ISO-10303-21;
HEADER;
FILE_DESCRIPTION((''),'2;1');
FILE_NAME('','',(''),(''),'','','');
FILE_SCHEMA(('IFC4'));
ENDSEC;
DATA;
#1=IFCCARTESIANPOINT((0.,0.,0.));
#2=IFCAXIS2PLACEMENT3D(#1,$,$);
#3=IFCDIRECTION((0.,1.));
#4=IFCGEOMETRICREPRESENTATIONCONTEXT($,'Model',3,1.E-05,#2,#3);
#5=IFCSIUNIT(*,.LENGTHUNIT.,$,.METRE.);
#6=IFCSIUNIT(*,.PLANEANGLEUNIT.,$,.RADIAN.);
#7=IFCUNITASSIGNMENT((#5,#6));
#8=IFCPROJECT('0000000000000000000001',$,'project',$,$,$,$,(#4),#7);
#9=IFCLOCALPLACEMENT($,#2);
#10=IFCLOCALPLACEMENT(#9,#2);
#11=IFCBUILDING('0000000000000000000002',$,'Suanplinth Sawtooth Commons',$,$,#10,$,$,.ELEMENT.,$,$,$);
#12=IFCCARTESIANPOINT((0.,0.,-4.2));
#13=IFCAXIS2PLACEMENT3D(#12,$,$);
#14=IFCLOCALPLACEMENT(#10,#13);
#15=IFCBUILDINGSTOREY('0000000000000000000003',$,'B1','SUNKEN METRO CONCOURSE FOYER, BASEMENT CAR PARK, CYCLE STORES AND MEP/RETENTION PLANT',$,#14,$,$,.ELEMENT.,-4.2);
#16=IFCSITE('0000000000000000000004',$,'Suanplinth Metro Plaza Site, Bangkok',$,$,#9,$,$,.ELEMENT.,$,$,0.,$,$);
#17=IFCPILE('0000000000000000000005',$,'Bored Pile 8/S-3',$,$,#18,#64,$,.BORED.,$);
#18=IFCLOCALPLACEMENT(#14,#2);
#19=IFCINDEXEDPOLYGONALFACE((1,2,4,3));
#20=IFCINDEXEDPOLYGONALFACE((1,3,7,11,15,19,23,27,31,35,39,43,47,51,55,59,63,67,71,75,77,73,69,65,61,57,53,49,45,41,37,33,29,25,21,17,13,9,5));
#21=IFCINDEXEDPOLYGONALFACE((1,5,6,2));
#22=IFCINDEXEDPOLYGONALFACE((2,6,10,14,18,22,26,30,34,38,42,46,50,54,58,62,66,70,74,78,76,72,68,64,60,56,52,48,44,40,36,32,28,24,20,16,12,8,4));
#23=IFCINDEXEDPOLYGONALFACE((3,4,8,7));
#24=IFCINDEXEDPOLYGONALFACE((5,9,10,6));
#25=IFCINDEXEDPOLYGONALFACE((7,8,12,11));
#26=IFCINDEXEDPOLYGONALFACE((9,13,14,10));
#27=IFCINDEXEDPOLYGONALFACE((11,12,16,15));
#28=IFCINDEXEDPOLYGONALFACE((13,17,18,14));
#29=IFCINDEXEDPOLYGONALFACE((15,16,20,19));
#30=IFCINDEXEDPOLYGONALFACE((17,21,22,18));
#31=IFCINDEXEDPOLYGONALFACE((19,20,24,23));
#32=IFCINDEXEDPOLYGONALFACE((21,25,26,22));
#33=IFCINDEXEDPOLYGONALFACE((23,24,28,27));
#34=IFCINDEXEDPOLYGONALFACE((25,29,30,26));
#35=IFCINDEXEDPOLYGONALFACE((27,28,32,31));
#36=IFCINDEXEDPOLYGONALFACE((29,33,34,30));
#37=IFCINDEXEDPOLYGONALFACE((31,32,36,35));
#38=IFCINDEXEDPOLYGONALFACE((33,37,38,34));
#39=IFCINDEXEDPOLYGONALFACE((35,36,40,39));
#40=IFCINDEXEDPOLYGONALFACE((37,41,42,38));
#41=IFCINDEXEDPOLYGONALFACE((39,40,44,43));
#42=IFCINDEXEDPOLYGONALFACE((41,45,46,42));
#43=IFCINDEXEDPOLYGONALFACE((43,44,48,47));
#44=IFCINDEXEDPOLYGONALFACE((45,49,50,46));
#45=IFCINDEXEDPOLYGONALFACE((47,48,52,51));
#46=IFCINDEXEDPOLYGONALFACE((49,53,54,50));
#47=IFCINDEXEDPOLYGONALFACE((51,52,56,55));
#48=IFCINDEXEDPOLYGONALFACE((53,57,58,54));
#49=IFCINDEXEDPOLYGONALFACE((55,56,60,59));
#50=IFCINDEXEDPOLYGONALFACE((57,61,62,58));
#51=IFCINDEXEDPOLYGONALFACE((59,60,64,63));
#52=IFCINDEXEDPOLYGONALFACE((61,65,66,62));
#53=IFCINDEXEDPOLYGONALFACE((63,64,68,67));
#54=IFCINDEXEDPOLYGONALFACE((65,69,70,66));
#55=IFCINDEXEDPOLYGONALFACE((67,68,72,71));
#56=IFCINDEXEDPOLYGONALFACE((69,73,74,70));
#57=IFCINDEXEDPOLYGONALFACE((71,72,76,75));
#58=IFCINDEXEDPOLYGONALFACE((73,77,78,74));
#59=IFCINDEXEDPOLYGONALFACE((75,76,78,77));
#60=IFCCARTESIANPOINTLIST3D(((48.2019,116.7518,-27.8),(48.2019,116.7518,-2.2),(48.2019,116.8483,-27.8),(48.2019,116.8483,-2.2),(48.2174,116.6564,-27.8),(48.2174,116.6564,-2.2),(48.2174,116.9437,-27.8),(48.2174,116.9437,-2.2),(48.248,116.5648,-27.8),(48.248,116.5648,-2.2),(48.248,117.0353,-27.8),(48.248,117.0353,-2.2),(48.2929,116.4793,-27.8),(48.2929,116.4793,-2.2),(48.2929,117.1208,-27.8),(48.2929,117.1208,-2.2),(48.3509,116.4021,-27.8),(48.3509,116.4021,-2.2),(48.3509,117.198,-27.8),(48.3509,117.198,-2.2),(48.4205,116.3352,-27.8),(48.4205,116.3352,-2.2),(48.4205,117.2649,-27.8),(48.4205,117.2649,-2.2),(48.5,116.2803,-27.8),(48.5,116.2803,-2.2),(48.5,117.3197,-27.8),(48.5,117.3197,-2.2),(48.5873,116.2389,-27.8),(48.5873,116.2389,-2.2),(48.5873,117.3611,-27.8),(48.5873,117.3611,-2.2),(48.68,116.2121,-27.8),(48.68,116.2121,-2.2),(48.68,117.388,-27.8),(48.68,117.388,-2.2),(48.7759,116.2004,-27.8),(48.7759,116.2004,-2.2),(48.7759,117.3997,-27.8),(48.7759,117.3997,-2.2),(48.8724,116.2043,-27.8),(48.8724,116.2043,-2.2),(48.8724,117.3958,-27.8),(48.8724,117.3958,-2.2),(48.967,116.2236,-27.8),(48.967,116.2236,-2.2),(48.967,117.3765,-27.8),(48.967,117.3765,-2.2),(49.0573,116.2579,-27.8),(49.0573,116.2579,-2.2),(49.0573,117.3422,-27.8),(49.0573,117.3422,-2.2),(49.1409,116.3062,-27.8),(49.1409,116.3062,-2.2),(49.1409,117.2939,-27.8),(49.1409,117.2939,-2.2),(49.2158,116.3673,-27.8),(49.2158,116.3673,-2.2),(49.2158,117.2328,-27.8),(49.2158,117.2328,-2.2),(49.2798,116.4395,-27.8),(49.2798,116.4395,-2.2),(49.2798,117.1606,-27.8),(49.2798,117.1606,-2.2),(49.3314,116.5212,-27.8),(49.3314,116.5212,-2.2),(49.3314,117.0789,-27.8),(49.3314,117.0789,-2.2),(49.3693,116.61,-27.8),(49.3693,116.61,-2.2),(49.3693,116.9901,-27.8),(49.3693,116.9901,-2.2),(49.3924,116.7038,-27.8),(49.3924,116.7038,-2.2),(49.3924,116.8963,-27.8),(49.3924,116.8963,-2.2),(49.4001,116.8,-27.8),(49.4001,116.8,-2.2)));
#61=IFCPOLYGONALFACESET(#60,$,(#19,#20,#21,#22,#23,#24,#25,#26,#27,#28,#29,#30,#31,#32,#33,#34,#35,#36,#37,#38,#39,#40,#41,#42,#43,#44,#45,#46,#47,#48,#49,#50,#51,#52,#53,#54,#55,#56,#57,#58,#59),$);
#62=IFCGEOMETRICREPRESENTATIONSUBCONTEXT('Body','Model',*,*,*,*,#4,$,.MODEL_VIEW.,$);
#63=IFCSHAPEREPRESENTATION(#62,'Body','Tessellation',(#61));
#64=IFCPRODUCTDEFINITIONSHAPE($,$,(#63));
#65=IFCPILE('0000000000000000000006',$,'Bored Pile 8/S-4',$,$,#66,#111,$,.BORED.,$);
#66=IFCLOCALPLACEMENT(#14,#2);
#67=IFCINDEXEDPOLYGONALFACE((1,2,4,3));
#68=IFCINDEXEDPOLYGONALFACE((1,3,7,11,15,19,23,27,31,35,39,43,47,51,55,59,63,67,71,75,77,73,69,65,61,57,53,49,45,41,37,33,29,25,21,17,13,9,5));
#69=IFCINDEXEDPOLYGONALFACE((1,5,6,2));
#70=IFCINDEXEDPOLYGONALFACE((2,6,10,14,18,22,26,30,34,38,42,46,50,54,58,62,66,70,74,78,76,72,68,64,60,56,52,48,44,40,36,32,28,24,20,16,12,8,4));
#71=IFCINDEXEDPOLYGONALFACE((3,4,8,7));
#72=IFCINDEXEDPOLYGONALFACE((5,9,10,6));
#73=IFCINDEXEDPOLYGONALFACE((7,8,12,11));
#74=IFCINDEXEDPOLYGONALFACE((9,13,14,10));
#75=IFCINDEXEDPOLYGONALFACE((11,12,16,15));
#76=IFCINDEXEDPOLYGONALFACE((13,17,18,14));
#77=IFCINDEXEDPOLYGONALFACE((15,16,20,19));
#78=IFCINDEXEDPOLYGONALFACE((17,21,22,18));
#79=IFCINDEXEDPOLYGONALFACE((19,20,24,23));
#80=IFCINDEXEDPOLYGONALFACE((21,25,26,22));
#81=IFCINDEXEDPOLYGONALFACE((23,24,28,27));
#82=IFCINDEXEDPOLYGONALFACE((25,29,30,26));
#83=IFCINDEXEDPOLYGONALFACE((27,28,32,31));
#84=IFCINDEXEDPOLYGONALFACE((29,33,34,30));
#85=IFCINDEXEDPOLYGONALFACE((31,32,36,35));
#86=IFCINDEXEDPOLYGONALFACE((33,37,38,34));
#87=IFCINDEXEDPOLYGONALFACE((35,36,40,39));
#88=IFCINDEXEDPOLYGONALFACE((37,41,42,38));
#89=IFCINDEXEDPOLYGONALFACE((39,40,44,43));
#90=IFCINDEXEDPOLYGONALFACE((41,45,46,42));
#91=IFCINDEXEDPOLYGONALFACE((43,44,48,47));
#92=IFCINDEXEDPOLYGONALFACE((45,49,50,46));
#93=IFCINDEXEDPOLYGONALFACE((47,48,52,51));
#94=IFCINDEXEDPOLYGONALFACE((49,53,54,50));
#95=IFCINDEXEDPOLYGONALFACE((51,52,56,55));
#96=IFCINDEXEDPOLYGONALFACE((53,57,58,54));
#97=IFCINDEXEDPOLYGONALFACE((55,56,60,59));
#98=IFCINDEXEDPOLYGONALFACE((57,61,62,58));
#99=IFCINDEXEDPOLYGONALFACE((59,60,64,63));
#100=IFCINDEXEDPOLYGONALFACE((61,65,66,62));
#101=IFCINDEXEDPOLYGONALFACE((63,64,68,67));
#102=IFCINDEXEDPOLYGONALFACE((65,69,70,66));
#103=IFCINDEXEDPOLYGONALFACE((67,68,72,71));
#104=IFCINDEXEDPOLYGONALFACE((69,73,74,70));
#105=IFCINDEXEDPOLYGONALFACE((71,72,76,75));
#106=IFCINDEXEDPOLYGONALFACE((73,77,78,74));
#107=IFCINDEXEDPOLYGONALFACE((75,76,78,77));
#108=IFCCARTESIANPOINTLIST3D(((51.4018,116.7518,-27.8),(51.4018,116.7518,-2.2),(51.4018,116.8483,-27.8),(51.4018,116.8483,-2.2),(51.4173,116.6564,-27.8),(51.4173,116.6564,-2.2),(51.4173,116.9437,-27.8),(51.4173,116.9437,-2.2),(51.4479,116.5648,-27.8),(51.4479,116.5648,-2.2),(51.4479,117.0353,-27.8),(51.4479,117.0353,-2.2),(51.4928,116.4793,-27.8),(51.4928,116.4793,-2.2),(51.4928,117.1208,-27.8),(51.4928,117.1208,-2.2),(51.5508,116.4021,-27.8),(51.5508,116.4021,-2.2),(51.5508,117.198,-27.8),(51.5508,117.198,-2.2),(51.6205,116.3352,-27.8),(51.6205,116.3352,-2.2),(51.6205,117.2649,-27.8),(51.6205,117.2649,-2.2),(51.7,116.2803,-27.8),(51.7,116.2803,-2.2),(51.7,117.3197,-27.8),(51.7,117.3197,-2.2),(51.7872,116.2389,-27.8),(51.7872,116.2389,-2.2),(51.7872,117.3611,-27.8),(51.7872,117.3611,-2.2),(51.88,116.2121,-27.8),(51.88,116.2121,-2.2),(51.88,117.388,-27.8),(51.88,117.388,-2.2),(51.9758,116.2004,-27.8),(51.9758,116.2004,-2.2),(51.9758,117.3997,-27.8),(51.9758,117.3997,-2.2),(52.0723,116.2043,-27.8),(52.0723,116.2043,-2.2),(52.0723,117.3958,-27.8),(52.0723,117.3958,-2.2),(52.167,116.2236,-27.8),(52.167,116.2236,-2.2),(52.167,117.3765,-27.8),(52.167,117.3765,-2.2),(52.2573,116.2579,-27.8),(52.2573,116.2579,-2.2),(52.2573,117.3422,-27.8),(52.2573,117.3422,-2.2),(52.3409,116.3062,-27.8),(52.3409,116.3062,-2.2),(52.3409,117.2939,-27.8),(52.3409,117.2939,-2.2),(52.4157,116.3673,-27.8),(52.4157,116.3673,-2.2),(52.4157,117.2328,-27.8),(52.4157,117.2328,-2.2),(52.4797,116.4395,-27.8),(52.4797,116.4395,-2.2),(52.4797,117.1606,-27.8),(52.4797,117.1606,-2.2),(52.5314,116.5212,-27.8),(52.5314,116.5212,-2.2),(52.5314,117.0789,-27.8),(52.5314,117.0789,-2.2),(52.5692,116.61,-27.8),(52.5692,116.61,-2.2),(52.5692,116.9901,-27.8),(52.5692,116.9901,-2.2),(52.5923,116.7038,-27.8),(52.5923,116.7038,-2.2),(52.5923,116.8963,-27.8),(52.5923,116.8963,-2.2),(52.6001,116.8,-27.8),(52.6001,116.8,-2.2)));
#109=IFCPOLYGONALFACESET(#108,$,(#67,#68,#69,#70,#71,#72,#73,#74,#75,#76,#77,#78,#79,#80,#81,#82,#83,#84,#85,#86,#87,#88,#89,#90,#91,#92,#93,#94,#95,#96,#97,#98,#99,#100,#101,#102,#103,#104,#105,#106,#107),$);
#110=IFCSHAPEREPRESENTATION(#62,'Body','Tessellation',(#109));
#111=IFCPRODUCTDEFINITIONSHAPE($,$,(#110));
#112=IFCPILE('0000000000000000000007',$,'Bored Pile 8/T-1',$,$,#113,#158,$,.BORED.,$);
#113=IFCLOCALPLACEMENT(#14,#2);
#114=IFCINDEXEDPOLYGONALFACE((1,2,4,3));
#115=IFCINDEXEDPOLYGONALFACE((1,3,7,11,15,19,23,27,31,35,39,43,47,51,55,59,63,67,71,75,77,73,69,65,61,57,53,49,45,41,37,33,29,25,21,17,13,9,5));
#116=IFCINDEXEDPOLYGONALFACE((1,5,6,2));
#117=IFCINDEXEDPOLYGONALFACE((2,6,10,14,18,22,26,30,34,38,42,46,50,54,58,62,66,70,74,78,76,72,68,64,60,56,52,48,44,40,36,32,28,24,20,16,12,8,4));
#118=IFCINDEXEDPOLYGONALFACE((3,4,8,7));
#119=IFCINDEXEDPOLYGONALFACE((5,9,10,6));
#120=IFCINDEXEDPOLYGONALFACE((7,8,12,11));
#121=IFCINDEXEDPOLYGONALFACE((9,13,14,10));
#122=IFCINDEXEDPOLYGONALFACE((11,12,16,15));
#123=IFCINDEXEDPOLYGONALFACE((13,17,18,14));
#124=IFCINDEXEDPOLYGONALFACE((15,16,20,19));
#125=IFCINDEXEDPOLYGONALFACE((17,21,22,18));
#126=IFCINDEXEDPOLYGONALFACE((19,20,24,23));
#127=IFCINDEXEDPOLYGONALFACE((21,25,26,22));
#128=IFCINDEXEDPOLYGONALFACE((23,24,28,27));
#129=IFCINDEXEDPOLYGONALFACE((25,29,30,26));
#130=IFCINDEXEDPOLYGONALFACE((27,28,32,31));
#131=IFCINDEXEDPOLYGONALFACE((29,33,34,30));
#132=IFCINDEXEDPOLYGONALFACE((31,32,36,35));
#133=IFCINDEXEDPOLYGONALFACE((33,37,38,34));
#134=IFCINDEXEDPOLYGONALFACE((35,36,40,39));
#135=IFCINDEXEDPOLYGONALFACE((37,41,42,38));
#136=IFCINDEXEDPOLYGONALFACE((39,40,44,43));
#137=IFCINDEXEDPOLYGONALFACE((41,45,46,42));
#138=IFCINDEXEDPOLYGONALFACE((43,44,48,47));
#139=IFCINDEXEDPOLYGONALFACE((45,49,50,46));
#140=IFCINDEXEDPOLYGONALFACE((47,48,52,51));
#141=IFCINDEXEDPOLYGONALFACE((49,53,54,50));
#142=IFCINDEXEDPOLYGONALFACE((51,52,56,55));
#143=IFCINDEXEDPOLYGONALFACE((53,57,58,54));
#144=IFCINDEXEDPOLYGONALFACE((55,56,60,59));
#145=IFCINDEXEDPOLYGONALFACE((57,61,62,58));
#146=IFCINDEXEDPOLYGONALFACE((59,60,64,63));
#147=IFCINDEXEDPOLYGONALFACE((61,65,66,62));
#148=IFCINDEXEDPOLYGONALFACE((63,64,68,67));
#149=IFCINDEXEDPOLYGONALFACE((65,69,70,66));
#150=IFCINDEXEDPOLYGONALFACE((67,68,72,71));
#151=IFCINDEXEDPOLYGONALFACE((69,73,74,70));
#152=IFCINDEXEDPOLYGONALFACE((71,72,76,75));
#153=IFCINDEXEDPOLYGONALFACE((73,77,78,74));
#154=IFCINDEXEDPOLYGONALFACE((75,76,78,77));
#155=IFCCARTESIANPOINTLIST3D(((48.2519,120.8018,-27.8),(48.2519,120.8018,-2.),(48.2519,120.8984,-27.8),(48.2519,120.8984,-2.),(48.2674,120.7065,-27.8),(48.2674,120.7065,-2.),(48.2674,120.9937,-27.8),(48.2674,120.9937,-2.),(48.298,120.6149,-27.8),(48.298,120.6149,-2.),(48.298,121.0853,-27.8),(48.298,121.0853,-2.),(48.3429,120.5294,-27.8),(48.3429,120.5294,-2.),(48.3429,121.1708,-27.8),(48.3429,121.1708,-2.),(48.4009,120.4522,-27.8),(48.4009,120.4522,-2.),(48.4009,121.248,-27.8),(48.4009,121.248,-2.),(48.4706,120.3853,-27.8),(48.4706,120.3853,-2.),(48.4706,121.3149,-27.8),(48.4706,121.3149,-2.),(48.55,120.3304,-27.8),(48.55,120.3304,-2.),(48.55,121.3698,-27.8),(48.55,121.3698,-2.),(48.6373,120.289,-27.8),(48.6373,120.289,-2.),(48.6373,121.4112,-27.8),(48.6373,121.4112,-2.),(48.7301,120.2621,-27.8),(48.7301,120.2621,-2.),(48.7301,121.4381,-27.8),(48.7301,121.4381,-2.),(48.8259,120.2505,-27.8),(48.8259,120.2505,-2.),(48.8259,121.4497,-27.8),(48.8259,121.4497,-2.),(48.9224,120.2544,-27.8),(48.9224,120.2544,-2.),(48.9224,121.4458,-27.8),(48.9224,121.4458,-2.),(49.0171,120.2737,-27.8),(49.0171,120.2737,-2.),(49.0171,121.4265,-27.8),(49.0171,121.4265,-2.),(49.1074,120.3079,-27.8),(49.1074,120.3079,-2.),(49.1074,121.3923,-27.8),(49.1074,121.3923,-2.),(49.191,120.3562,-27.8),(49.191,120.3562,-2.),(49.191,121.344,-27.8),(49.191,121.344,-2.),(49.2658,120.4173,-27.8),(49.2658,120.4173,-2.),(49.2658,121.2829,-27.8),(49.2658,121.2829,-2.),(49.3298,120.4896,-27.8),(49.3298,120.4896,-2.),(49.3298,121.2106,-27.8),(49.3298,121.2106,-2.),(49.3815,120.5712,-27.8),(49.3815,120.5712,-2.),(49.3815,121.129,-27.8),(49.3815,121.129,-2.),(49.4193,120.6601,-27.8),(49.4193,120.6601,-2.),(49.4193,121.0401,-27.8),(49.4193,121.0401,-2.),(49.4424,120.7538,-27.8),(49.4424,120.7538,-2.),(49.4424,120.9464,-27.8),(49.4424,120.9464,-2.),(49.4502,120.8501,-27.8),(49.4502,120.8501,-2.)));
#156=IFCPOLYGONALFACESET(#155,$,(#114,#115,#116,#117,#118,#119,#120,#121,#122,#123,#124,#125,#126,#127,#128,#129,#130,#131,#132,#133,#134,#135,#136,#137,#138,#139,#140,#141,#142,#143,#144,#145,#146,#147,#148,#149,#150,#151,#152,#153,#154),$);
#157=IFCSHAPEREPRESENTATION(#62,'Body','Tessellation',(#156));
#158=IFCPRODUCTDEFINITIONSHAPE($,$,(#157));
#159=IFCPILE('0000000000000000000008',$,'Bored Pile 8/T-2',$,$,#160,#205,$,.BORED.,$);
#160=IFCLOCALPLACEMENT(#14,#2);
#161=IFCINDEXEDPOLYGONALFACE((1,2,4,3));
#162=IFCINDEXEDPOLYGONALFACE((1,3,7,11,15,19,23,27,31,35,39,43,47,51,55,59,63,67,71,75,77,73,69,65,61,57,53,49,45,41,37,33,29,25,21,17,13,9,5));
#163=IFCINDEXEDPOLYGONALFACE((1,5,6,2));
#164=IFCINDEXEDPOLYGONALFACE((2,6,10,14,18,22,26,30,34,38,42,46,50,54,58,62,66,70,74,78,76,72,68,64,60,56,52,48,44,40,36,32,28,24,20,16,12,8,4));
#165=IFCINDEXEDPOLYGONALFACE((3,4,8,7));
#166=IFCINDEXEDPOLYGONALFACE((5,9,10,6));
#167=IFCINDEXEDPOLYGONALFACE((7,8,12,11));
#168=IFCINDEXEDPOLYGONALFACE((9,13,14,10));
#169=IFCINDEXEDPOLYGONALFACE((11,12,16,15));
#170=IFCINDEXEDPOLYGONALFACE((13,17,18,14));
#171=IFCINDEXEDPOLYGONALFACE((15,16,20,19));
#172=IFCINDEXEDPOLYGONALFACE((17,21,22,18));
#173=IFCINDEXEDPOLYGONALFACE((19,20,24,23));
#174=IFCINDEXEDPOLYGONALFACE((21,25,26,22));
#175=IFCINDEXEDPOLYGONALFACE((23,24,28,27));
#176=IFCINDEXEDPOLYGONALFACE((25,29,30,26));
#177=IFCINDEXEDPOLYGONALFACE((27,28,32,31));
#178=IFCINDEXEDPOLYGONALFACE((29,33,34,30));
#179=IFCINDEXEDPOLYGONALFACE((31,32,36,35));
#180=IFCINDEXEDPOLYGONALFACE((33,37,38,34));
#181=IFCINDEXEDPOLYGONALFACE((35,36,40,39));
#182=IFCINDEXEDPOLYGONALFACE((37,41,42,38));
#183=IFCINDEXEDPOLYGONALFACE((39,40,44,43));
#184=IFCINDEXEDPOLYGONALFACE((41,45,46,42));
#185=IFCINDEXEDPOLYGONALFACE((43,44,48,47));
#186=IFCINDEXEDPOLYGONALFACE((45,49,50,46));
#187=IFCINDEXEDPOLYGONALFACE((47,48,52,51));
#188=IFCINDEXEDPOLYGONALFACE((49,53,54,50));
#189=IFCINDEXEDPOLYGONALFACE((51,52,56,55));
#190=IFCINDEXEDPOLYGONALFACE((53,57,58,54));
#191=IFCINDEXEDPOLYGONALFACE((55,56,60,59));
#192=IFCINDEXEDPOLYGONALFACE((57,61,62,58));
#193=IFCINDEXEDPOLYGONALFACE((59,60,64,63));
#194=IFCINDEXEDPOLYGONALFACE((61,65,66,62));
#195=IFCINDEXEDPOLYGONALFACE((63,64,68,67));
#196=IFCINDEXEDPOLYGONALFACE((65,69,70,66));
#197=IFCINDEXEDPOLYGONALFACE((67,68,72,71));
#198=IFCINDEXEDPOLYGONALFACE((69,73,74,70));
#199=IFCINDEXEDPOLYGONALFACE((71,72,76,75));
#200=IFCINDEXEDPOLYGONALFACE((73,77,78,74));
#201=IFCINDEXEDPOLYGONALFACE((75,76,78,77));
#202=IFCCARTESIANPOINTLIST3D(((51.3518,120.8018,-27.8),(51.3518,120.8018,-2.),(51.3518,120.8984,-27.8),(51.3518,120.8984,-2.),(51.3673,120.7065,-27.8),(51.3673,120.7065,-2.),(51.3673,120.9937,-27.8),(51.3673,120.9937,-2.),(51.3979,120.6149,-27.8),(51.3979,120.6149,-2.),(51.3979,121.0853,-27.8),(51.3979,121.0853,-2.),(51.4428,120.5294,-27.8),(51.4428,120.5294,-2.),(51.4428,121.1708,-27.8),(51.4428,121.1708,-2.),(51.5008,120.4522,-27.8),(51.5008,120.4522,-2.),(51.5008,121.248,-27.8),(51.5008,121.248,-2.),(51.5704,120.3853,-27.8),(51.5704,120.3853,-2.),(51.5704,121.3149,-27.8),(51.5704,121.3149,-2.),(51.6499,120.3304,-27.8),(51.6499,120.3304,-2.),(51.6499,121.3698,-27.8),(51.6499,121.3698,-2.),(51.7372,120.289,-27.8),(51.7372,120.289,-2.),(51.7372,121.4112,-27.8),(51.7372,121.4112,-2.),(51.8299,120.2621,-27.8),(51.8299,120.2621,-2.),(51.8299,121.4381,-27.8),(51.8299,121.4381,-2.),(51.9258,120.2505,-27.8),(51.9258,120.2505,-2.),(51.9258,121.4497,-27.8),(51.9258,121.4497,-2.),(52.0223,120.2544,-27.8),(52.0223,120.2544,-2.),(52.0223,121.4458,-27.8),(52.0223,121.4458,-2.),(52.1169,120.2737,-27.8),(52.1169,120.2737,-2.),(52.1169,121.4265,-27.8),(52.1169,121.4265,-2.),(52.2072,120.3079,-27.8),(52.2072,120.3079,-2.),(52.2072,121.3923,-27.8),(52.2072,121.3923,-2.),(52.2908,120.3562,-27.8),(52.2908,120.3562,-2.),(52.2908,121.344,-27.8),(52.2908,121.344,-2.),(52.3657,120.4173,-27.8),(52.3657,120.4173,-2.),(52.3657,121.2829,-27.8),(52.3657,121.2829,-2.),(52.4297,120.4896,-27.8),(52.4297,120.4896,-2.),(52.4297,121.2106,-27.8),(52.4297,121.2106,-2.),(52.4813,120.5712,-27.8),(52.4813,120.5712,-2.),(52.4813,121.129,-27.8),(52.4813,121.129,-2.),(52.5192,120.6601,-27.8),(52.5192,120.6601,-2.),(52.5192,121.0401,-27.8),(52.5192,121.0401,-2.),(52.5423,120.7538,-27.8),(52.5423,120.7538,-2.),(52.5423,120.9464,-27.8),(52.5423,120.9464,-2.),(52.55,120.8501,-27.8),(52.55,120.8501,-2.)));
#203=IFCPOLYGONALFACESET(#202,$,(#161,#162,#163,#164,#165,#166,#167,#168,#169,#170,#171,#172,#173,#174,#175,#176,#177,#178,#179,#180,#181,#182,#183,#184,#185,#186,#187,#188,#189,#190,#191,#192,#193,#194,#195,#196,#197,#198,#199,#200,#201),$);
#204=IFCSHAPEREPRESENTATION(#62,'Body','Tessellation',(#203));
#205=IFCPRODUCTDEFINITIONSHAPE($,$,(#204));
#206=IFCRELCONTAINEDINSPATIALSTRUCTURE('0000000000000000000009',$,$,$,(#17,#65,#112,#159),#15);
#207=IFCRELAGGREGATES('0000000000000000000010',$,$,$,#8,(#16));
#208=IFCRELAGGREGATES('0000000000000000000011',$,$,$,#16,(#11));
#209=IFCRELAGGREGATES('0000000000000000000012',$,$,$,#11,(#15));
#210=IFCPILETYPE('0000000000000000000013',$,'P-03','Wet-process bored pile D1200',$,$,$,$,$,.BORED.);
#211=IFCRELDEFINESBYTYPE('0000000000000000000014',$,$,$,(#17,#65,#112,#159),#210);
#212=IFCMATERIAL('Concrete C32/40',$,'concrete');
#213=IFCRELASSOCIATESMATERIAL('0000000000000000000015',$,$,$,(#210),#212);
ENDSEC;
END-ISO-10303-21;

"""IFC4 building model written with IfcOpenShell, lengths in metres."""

from ifc_helpers import new_model, si_unit, direction, frame, origin, origin_2d, place, context, subcontext, project, spatial, circle, extrude, material, material_profile, profile_set, type_object, element, save


model = new_model("IFC4")

# Units and contexts
model_context = context("Model", 3, precision=1e-05, world=origin(), true_north=direction((0.0, 1.0)))
body_context = subcontext(model_context, "Body", "Model", "MODEL_VIEW")
ifc_project = project(units=[si_unit("LENGTHUNIT", "METRE"), si_unit("PLANEANGLEUNIT", "RADIAN")], contexts=[model_context])

# Site, building, storey
site_placement = place(None, origin())
site = spatial("IfcSite", under=ifc_project, at=site_placement, Name="Suanplinth Metro Plaza Site, Bangkok", CompositionType="ELEMENT", RefElevation=0.0)
building_placement = place(site_placement, origin())
building = spatial("IfcBuilding", under=site, at=building_placement, Name="Suanplinth Sawtooth Commons", CompositionType="ELEMENT")
storey_placement = place(building_placement, frame((0.0, 0.0, -4.2)))
storey = spatial("IfcBuildingStorey", under=building, at=storey_placement, Name="B1", Description="SUNKEN METRO CONCOURSE FOYER, BASEMENT CAR PARK, CYCLE STORES AND MEP/RETENTION PLANT", CompositionType="ELEMENT", Elevation=-4.2)

# Piles
ifc_material_1 = material(Name="Concrete C32/40", Category="concrete")
ifc_material_profile_1 = material_profile(ifc_material_1, circle(Radius=0.6001, at=origin_2d()), Name="PILE D1200")
ifc_profile_set_1 = profile_set([ifc_material_profile_1], Name="Concrete C32/40")
pile_type = type_object("IfcPileType", Name="P-03", Description="Wet-process bored pile D1200", PredefinedType="BORED", material=ifc_profile_set_1)
for number, where, z_axis, x_axis, name in (
    (1, (48.8, 116.8, -2.2), (0.0, 0.0, -1.0), (1.0, 0.0, 0.0), "Bored Pile 8/S-3"),
    (2, (52.0, 116.8, -2.2), (0.0, 0.0, -1.0), (1.0, 0.0, 0.0), "Bored Pile 8/S-4"),
):
    element("IfcPile", number, at=place(storey_placement, frame(where, z_axis=z_axis, x_axis=x_axis)), inside=storey, type_object=pile_type, Name=name, PredefinedType="BORED", context=body_context, shape_type="SweptSolid", body=[
        extrude(circle(Radius=0.6001, at=origin_2d()), origin(), (0.0, 0.0, 1.0), 25.6001),
    ])
for number, where, z_axis, x_axis, name in (
    (3, (48.8501, 120.8501, -2.0), (0.0, 0.0, -1.0), (1.0, 0.0, 0.0), "Bored Pile 8/T-1"),
    (4, (51.95, 120.8501, -2.0), (0.0, 0.0, -1.0), (1.0, 0.0, 0.0), "Bored Pile 8/T-2"),
):
    element("IfcPile", number, at=place(storey_placement, frame(where, z_axis=z_axis, x_axis=x_axis)), inside=storey, type_object=pile_type, Name=name, PredefinedType="BORED", context=body_context, shape_type="SweptSolid", body=[
        extrude(circle(Radius=0.6001, at=origin_2d()), origin(), (0.0, 0.0, 1.0), 25.8),
    ])

save(model, "model.ifc")
